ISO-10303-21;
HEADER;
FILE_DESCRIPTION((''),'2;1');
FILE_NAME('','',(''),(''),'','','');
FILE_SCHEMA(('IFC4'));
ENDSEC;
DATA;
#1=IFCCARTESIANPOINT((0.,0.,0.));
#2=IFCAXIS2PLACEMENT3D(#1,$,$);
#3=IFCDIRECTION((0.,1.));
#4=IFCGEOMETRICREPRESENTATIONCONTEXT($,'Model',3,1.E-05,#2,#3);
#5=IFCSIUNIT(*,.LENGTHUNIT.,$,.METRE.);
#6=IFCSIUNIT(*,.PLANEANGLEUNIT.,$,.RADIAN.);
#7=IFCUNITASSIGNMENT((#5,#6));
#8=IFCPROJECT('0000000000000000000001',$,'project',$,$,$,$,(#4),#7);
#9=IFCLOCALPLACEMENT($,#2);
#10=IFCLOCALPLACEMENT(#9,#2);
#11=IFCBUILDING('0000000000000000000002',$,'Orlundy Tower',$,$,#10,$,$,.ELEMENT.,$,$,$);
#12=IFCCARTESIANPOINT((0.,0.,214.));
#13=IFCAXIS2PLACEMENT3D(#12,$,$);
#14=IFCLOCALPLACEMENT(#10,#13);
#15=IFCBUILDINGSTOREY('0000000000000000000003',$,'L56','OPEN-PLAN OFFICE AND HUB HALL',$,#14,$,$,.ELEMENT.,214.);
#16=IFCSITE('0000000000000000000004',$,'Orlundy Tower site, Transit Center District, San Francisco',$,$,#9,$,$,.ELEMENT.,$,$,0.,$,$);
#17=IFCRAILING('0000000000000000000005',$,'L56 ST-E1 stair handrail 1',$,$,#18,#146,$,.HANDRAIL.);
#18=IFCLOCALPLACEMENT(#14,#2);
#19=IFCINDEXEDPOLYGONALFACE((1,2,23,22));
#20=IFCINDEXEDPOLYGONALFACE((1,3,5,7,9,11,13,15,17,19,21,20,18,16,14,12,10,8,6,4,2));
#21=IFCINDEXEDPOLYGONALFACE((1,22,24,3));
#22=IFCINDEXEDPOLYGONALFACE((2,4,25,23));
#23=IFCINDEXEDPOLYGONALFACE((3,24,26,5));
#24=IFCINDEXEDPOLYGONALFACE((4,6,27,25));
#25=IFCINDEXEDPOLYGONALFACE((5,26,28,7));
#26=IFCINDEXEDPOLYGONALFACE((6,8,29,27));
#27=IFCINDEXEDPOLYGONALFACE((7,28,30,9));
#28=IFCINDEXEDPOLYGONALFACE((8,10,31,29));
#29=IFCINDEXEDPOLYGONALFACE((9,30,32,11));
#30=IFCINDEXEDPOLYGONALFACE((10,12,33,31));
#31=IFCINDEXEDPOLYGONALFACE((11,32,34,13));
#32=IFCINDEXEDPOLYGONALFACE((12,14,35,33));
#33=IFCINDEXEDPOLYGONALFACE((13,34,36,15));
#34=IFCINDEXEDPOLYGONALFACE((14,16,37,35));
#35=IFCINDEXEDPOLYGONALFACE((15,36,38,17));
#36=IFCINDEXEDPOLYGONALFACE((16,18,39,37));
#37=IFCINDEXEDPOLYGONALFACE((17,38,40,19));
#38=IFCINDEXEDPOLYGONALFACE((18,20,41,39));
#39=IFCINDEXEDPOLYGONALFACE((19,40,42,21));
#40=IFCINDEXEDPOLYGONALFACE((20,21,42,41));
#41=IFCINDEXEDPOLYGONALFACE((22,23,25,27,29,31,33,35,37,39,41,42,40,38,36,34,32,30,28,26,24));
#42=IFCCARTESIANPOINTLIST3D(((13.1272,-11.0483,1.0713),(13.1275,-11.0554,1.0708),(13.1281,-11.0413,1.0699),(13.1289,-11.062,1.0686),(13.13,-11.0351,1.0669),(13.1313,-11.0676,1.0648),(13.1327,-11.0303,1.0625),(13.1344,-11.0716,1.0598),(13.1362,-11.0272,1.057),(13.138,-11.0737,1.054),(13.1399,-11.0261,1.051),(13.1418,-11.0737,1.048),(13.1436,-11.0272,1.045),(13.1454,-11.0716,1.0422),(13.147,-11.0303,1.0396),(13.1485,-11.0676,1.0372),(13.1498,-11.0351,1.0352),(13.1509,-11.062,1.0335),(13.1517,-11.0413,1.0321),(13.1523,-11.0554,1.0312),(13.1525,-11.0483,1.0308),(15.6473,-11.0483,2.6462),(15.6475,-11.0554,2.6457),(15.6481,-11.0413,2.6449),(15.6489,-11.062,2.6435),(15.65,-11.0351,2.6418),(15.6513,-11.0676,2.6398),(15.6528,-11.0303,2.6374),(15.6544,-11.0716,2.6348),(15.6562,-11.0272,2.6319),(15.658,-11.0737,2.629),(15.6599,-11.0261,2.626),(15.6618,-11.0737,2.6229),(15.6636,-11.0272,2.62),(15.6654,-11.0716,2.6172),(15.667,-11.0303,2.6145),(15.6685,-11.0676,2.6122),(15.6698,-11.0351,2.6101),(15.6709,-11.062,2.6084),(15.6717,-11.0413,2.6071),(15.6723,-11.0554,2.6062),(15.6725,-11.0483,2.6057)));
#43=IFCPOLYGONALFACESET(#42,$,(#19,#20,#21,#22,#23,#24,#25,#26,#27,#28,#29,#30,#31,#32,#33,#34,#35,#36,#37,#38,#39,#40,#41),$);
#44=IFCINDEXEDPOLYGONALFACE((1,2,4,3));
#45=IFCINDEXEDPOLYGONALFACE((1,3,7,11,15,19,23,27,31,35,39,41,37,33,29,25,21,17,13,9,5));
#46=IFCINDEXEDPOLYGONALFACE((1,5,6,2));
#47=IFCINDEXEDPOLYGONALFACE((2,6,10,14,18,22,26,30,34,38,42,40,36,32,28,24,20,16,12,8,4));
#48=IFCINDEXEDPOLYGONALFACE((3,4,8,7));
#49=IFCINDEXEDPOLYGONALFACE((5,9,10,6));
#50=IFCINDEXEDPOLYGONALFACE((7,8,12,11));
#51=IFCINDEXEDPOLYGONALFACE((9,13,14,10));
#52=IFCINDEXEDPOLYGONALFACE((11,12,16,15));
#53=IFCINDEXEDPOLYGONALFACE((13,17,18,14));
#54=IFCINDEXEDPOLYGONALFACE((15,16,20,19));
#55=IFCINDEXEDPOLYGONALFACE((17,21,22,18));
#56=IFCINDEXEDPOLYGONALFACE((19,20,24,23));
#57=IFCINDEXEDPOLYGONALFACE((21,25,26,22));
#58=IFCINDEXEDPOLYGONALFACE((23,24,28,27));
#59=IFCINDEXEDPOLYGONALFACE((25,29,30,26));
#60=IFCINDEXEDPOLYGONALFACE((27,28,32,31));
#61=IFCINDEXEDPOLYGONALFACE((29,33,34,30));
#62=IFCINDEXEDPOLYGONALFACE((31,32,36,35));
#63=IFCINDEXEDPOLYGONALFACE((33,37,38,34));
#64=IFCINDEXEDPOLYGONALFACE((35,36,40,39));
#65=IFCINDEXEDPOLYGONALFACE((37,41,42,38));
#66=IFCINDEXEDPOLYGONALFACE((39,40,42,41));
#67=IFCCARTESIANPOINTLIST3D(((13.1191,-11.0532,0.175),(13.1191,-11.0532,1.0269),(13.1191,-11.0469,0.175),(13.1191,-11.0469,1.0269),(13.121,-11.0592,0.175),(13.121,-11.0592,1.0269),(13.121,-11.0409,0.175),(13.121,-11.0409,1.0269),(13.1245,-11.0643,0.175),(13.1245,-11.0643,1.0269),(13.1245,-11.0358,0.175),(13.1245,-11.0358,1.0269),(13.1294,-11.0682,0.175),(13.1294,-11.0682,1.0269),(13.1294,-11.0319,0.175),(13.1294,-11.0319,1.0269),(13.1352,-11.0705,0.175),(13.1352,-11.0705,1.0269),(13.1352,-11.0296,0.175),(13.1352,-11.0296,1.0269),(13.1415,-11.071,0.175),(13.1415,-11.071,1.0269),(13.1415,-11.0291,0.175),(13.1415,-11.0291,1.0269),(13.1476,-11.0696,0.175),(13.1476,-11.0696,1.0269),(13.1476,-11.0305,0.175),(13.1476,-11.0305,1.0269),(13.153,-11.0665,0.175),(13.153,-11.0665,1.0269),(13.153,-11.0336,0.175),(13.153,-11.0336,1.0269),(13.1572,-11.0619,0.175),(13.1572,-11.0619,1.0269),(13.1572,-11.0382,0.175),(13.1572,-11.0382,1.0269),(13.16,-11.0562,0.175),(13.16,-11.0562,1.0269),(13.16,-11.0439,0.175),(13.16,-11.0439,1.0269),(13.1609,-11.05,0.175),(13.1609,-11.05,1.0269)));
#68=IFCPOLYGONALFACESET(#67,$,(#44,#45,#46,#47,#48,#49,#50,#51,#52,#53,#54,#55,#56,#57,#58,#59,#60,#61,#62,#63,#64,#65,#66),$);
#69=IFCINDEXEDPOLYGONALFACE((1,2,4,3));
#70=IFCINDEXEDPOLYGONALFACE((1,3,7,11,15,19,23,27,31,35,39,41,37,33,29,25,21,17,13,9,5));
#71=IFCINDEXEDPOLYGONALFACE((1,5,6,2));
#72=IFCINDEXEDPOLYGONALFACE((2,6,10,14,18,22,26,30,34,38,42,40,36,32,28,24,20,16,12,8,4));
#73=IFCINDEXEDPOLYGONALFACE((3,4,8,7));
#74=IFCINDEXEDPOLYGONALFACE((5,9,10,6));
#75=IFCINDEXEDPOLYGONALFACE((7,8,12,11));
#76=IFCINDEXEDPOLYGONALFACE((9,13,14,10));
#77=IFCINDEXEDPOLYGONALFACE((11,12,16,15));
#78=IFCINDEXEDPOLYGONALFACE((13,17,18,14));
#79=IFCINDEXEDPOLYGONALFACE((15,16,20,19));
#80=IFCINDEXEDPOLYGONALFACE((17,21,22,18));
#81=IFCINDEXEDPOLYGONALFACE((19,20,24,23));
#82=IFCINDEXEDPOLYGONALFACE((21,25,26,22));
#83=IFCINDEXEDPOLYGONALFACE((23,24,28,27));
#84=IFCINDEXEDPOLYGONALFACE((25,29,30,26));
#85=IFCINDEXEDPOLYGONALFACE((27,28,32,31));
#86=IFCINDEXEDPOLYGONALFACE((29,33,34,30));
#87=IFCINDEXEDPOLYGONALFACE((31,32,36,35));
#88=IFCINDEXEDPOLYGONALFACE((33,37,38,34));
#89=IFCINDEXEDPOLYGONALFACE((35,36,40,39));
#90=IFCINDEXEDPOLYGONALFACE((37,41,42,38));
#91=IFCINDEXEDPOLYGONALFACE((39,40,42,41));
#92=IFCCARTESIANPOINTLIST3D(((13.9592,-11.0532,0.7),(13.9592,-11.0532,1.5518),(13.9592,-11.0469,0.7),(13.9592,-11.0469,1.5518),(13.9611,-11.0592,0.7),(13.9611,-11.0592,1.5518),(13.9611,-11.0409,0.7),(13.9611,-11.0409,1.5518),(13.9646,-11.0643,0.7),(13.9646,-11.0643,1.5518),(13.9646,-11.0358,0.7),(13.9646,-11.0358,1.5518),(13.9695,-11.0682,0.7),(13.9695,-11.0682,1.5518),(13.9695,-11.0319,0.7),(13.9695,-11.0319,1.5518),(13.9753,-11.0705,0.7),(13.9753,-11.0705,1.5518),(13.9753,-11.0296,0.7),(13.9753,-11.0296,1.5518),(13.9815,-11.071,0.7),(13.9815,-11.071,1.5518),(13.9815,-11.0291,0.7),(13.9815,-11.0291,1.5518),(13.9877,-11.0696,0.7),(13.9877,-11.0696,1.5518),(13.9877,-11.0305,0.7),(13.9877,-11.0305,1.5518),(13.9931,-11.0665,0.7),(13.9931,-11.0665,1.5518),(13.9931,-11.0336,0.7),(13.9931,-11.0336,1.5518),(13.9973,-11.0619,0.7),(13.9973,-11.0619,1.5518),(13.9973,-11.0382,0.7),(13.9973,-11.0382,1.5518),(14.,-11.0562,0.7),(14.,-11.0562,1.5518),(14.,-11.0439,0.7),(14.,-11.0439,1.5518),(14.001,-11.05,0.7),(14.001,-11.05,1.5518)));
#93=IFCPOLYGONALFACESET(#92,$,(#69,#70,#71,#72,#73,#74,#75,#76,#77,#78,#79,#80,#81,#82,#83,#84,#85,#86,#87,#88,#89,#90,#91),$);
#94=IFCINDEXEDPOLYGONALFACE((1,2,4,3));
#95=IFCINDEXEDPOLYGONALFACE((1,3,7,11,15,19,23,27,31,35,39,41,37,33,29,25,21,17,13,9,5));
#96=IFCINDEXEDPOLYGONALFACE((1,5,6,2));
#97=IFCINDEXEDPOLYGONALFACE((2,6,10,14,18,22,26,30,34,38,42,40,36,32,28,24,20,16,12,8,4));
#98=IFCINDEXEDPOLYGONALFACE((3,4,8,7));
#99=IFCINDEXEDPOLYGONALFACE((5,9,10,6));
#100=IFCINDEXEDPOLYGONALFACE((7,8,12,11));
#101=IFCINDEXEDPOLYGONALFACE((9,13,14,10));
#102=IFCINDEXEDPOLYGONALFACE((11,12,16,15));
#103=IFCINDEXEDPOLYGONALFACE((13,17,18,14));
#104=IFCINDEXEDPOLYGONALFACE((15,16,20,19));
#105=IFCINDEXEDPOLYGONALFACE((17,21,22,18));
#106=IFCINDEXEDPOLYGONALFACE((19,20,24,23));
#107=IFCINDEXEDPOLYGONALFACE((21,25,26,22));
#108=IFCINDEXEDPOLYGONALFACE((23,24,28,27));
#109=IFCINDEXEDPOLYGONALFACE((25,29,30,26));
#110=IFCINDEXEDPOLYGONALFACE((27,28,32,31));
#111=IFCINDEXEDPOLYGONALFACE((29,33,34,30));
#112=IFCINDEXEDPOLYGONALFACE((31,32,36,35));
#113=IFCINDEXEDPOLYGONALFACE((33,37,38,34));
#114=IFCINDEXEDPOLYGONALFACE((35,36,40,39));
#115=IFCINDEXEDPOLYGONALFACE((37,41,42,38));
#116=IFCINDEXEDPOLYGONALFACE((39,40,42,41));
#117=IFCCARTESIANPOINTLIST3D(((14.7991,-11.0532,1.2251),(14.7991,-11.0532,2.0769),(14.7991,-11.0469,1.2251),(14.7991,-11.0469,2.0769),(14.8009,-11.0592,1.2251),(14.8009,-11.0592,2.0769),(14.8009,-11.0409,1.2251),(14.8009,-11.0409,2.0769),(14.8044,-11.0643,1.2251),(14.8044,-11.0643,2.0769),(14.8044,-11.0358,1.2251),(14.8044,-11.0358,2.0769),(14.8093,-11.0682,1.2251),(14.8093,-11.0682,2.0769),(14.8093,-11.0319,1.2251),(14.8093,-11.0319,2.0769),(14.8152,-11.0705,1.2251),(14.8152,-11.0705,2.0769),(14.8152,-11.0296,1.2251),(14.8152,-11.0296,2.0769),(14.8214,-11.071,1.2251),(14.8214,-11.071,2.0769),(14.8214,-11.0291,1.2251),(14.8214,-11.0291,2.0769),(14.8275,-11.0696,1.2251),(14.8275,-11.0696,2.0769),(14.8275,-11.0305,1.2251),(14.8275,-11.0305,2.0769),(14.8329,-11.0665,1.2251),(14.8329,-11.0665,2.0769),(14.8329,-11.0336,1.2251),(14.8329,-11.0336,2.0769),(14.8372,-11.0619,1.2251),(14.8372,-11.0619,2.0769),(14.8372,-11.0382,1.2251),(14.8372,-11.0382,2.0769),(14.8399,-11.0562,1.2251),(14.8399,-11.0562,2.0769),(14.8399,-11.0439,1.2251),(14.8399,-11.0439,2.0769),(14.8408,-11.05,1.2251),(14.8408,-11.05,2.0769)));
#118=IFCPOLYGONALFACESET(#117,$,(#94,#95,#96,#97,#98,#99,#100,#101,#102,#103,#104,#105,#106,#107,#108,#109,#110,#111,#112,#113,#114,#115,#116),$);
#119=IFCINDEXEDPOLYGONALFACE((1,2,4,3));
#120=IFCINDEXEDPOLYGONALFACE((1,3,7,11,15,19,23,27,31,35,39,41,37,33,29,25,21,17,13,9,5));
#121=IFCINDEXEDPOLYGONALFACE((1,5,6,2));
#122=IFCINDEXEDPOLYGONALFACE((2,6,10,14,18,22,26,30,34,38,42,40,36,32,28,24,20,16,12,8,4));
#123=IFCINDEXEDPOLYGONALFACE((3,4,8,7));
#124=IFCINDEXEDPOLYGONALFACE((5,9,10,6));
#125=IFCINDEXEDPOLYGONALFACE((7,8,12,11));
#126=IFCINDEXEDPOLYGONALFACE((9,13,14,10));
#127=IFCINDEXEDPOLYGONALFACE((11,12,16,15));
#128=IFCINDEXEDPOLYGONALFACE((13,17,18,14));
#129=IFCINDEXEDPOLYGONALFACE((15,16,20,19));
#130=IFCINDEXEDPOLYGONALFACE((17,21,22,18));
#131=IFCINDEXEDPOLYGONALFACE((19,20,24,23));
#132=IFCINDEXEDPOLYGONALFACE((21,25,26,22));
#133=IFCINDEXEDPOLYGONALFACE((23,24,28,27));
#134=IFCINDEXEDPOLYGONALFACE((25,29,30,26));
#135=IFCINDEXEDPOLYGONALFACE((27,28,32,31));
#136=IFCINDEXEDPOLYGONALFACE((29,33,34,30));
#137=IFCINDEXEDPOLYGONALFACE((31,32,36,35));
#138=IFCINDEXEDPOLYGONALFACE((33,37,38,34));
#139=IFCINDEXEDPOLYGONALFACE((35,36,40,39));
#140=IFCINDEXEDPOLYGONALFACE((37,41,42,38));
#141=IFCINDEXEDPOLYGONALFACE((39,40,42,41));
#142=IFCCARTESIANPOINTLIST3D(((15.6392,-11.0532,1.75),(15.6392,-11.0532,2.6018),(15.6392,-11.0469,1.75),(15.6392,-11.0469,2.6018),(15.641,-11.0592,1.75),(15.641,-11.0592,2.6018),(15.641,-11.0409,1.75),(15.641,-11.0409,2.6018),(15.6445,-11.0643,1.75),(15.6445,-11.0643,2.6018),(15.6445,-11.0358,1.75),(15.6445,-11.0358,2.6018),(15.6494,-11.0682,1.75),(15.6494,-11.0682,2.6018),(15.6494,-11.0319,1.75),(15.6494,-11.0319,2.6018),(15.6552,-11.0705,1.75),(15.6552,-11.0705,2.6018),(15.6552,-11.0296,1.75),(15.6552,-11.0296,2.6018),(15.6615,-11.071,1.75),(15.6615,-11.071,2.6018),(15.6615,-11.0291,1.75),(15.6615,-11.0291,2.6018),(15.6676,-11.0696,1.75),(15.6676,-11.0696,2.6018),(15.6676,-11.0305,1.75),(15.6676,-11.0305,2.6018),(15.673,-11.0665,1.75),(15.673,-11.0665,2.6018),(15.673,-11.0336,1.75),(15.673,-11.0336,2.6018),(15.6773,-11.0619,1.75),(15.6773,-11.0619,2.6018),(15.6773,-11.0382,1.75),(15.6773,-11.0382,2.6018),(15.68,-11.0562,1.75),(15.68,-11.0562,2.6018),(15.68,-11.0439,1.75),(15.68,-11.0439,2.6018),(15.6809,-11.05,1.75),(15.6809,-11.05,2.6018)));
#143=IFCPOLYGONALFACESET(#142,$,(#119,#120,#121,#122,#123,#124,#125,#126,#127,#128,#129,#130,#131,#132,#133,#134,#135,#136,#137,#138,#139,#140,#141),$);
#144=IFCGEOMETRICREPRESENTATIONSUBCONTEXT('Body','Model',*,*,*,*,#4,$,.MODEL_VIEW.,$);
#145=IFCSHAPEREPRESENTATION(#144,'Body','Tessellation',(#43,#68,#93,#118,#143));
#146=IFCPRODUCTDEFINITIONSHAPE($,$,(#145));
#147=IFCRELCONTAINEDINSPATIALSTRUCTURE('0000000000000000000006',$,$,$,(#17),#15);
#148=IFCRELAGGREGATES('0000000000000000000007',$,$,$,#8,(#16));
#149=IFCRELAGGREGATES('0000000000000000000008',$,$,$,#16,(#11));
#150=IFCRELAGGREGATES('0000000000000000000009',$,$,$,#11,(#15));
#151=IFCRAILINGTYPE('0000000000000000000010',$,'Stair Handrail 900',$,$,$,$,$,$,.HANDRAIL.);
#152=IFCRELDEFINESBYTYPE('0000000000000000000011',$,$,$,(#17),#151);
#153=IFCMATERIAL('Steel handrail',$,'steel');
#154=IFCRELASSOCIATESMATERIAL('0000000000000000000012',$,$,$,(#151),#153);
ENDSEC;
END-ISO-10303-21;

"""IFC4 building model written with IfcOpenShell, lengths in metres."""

from ifc_helpers import new_model, si_unit, direction, frame, origin, origin_2d, place, context, subcontext, project, spatial, circle, extrude, material, type_object, element, save


model = new_model("IFC4")

# Units and contexts
model_context = context("Model", 3, precision=1e-05, world=origin(), true_north=direction((0.0, 1.0)))
body_context = subcontext(model_context, "Body", "Model", "MODEL_VIEW")
ifc_project = project(units=[si_unit("LENGTHUNIT", "METRE"), si_unit("PLANEANGLEUNIT", "RADIAN")], contexts=[model_context])

# Site, building, storey
site_placement = place(None, origin())
site = spatial("IfcSite", under=ifc_project, at=site_placement, Name="Orlundy Tower site, Transit Center District, San Francisco", CompositionType="ELEMENT", RefElevation=0.0)
building_placement = place(site_placement, origin())
building = spatial("IfcBuilding", under=site, at=building_placement, Name="Orlundy Tower", CompositionType="ELEMENT")
storey_placement = place(building_placement, frame((0.0, 0.0, 214.0)))
storey = spatial("IfcBuildingStorey", under=building, at=storey_placement, Name="L56", Description="OPEN-PLAN OFFICE AND HUB HALL", CompositionType="ELEMENT", Elevation=214.0)

# Railing
ifc_material_1 = material(Name="Steel handrail", Category="steel")
railing_type_1 = type_object("IfcRailingType", Name="Stair Handrail 900", PredefinedType="HANDRAIL", material=ifc_material_1)
railing_1_placement = place(storey_placement, frame((13.1399, -11.05, 0.175)))
element("IfcRailing", 1, at=railing_1_placement, inside=storey, type_object=railing_type_1, Name="L56 ST-E1 stair handrail 1", PredefinedType="HANDRAIL", context=body_context, shape_type="SweptSolid", body=[
    extrude(circle(Radius=0.0239, at=origin_2d()), frame((0.0, 0.0, 0.876), z_axis=(0.848008, 0.0, 0.529984), x_axis=(0.0, 1.0, 0.0)), (0.0, 0.0, 1.0), 2.9717),
    extrude(circle(Radius=0.021, at=origin_2d()), origin(), (0.0, 0.0, 1.0), 0.8518),
    extrude(circle(Radius=0.021, at=origin_2d()), frame((0.8401, 0.0, 0.5249)), (0.0, 0.0, 1.0), 0.8518),
    extrude(circle(Radius=0.021, at=origin_2d()), frame((1.6799, 0.0, 1.05)), (0.0, 0.0, 1.0), 0.8518),
    extrude(circle(Radius=0.021, at=origin_2d()), frame((2.52, 0.0, 1.575)), (0.0, 0.0, 1.0), 0.8518),
])

save(model, "model.ifc")
